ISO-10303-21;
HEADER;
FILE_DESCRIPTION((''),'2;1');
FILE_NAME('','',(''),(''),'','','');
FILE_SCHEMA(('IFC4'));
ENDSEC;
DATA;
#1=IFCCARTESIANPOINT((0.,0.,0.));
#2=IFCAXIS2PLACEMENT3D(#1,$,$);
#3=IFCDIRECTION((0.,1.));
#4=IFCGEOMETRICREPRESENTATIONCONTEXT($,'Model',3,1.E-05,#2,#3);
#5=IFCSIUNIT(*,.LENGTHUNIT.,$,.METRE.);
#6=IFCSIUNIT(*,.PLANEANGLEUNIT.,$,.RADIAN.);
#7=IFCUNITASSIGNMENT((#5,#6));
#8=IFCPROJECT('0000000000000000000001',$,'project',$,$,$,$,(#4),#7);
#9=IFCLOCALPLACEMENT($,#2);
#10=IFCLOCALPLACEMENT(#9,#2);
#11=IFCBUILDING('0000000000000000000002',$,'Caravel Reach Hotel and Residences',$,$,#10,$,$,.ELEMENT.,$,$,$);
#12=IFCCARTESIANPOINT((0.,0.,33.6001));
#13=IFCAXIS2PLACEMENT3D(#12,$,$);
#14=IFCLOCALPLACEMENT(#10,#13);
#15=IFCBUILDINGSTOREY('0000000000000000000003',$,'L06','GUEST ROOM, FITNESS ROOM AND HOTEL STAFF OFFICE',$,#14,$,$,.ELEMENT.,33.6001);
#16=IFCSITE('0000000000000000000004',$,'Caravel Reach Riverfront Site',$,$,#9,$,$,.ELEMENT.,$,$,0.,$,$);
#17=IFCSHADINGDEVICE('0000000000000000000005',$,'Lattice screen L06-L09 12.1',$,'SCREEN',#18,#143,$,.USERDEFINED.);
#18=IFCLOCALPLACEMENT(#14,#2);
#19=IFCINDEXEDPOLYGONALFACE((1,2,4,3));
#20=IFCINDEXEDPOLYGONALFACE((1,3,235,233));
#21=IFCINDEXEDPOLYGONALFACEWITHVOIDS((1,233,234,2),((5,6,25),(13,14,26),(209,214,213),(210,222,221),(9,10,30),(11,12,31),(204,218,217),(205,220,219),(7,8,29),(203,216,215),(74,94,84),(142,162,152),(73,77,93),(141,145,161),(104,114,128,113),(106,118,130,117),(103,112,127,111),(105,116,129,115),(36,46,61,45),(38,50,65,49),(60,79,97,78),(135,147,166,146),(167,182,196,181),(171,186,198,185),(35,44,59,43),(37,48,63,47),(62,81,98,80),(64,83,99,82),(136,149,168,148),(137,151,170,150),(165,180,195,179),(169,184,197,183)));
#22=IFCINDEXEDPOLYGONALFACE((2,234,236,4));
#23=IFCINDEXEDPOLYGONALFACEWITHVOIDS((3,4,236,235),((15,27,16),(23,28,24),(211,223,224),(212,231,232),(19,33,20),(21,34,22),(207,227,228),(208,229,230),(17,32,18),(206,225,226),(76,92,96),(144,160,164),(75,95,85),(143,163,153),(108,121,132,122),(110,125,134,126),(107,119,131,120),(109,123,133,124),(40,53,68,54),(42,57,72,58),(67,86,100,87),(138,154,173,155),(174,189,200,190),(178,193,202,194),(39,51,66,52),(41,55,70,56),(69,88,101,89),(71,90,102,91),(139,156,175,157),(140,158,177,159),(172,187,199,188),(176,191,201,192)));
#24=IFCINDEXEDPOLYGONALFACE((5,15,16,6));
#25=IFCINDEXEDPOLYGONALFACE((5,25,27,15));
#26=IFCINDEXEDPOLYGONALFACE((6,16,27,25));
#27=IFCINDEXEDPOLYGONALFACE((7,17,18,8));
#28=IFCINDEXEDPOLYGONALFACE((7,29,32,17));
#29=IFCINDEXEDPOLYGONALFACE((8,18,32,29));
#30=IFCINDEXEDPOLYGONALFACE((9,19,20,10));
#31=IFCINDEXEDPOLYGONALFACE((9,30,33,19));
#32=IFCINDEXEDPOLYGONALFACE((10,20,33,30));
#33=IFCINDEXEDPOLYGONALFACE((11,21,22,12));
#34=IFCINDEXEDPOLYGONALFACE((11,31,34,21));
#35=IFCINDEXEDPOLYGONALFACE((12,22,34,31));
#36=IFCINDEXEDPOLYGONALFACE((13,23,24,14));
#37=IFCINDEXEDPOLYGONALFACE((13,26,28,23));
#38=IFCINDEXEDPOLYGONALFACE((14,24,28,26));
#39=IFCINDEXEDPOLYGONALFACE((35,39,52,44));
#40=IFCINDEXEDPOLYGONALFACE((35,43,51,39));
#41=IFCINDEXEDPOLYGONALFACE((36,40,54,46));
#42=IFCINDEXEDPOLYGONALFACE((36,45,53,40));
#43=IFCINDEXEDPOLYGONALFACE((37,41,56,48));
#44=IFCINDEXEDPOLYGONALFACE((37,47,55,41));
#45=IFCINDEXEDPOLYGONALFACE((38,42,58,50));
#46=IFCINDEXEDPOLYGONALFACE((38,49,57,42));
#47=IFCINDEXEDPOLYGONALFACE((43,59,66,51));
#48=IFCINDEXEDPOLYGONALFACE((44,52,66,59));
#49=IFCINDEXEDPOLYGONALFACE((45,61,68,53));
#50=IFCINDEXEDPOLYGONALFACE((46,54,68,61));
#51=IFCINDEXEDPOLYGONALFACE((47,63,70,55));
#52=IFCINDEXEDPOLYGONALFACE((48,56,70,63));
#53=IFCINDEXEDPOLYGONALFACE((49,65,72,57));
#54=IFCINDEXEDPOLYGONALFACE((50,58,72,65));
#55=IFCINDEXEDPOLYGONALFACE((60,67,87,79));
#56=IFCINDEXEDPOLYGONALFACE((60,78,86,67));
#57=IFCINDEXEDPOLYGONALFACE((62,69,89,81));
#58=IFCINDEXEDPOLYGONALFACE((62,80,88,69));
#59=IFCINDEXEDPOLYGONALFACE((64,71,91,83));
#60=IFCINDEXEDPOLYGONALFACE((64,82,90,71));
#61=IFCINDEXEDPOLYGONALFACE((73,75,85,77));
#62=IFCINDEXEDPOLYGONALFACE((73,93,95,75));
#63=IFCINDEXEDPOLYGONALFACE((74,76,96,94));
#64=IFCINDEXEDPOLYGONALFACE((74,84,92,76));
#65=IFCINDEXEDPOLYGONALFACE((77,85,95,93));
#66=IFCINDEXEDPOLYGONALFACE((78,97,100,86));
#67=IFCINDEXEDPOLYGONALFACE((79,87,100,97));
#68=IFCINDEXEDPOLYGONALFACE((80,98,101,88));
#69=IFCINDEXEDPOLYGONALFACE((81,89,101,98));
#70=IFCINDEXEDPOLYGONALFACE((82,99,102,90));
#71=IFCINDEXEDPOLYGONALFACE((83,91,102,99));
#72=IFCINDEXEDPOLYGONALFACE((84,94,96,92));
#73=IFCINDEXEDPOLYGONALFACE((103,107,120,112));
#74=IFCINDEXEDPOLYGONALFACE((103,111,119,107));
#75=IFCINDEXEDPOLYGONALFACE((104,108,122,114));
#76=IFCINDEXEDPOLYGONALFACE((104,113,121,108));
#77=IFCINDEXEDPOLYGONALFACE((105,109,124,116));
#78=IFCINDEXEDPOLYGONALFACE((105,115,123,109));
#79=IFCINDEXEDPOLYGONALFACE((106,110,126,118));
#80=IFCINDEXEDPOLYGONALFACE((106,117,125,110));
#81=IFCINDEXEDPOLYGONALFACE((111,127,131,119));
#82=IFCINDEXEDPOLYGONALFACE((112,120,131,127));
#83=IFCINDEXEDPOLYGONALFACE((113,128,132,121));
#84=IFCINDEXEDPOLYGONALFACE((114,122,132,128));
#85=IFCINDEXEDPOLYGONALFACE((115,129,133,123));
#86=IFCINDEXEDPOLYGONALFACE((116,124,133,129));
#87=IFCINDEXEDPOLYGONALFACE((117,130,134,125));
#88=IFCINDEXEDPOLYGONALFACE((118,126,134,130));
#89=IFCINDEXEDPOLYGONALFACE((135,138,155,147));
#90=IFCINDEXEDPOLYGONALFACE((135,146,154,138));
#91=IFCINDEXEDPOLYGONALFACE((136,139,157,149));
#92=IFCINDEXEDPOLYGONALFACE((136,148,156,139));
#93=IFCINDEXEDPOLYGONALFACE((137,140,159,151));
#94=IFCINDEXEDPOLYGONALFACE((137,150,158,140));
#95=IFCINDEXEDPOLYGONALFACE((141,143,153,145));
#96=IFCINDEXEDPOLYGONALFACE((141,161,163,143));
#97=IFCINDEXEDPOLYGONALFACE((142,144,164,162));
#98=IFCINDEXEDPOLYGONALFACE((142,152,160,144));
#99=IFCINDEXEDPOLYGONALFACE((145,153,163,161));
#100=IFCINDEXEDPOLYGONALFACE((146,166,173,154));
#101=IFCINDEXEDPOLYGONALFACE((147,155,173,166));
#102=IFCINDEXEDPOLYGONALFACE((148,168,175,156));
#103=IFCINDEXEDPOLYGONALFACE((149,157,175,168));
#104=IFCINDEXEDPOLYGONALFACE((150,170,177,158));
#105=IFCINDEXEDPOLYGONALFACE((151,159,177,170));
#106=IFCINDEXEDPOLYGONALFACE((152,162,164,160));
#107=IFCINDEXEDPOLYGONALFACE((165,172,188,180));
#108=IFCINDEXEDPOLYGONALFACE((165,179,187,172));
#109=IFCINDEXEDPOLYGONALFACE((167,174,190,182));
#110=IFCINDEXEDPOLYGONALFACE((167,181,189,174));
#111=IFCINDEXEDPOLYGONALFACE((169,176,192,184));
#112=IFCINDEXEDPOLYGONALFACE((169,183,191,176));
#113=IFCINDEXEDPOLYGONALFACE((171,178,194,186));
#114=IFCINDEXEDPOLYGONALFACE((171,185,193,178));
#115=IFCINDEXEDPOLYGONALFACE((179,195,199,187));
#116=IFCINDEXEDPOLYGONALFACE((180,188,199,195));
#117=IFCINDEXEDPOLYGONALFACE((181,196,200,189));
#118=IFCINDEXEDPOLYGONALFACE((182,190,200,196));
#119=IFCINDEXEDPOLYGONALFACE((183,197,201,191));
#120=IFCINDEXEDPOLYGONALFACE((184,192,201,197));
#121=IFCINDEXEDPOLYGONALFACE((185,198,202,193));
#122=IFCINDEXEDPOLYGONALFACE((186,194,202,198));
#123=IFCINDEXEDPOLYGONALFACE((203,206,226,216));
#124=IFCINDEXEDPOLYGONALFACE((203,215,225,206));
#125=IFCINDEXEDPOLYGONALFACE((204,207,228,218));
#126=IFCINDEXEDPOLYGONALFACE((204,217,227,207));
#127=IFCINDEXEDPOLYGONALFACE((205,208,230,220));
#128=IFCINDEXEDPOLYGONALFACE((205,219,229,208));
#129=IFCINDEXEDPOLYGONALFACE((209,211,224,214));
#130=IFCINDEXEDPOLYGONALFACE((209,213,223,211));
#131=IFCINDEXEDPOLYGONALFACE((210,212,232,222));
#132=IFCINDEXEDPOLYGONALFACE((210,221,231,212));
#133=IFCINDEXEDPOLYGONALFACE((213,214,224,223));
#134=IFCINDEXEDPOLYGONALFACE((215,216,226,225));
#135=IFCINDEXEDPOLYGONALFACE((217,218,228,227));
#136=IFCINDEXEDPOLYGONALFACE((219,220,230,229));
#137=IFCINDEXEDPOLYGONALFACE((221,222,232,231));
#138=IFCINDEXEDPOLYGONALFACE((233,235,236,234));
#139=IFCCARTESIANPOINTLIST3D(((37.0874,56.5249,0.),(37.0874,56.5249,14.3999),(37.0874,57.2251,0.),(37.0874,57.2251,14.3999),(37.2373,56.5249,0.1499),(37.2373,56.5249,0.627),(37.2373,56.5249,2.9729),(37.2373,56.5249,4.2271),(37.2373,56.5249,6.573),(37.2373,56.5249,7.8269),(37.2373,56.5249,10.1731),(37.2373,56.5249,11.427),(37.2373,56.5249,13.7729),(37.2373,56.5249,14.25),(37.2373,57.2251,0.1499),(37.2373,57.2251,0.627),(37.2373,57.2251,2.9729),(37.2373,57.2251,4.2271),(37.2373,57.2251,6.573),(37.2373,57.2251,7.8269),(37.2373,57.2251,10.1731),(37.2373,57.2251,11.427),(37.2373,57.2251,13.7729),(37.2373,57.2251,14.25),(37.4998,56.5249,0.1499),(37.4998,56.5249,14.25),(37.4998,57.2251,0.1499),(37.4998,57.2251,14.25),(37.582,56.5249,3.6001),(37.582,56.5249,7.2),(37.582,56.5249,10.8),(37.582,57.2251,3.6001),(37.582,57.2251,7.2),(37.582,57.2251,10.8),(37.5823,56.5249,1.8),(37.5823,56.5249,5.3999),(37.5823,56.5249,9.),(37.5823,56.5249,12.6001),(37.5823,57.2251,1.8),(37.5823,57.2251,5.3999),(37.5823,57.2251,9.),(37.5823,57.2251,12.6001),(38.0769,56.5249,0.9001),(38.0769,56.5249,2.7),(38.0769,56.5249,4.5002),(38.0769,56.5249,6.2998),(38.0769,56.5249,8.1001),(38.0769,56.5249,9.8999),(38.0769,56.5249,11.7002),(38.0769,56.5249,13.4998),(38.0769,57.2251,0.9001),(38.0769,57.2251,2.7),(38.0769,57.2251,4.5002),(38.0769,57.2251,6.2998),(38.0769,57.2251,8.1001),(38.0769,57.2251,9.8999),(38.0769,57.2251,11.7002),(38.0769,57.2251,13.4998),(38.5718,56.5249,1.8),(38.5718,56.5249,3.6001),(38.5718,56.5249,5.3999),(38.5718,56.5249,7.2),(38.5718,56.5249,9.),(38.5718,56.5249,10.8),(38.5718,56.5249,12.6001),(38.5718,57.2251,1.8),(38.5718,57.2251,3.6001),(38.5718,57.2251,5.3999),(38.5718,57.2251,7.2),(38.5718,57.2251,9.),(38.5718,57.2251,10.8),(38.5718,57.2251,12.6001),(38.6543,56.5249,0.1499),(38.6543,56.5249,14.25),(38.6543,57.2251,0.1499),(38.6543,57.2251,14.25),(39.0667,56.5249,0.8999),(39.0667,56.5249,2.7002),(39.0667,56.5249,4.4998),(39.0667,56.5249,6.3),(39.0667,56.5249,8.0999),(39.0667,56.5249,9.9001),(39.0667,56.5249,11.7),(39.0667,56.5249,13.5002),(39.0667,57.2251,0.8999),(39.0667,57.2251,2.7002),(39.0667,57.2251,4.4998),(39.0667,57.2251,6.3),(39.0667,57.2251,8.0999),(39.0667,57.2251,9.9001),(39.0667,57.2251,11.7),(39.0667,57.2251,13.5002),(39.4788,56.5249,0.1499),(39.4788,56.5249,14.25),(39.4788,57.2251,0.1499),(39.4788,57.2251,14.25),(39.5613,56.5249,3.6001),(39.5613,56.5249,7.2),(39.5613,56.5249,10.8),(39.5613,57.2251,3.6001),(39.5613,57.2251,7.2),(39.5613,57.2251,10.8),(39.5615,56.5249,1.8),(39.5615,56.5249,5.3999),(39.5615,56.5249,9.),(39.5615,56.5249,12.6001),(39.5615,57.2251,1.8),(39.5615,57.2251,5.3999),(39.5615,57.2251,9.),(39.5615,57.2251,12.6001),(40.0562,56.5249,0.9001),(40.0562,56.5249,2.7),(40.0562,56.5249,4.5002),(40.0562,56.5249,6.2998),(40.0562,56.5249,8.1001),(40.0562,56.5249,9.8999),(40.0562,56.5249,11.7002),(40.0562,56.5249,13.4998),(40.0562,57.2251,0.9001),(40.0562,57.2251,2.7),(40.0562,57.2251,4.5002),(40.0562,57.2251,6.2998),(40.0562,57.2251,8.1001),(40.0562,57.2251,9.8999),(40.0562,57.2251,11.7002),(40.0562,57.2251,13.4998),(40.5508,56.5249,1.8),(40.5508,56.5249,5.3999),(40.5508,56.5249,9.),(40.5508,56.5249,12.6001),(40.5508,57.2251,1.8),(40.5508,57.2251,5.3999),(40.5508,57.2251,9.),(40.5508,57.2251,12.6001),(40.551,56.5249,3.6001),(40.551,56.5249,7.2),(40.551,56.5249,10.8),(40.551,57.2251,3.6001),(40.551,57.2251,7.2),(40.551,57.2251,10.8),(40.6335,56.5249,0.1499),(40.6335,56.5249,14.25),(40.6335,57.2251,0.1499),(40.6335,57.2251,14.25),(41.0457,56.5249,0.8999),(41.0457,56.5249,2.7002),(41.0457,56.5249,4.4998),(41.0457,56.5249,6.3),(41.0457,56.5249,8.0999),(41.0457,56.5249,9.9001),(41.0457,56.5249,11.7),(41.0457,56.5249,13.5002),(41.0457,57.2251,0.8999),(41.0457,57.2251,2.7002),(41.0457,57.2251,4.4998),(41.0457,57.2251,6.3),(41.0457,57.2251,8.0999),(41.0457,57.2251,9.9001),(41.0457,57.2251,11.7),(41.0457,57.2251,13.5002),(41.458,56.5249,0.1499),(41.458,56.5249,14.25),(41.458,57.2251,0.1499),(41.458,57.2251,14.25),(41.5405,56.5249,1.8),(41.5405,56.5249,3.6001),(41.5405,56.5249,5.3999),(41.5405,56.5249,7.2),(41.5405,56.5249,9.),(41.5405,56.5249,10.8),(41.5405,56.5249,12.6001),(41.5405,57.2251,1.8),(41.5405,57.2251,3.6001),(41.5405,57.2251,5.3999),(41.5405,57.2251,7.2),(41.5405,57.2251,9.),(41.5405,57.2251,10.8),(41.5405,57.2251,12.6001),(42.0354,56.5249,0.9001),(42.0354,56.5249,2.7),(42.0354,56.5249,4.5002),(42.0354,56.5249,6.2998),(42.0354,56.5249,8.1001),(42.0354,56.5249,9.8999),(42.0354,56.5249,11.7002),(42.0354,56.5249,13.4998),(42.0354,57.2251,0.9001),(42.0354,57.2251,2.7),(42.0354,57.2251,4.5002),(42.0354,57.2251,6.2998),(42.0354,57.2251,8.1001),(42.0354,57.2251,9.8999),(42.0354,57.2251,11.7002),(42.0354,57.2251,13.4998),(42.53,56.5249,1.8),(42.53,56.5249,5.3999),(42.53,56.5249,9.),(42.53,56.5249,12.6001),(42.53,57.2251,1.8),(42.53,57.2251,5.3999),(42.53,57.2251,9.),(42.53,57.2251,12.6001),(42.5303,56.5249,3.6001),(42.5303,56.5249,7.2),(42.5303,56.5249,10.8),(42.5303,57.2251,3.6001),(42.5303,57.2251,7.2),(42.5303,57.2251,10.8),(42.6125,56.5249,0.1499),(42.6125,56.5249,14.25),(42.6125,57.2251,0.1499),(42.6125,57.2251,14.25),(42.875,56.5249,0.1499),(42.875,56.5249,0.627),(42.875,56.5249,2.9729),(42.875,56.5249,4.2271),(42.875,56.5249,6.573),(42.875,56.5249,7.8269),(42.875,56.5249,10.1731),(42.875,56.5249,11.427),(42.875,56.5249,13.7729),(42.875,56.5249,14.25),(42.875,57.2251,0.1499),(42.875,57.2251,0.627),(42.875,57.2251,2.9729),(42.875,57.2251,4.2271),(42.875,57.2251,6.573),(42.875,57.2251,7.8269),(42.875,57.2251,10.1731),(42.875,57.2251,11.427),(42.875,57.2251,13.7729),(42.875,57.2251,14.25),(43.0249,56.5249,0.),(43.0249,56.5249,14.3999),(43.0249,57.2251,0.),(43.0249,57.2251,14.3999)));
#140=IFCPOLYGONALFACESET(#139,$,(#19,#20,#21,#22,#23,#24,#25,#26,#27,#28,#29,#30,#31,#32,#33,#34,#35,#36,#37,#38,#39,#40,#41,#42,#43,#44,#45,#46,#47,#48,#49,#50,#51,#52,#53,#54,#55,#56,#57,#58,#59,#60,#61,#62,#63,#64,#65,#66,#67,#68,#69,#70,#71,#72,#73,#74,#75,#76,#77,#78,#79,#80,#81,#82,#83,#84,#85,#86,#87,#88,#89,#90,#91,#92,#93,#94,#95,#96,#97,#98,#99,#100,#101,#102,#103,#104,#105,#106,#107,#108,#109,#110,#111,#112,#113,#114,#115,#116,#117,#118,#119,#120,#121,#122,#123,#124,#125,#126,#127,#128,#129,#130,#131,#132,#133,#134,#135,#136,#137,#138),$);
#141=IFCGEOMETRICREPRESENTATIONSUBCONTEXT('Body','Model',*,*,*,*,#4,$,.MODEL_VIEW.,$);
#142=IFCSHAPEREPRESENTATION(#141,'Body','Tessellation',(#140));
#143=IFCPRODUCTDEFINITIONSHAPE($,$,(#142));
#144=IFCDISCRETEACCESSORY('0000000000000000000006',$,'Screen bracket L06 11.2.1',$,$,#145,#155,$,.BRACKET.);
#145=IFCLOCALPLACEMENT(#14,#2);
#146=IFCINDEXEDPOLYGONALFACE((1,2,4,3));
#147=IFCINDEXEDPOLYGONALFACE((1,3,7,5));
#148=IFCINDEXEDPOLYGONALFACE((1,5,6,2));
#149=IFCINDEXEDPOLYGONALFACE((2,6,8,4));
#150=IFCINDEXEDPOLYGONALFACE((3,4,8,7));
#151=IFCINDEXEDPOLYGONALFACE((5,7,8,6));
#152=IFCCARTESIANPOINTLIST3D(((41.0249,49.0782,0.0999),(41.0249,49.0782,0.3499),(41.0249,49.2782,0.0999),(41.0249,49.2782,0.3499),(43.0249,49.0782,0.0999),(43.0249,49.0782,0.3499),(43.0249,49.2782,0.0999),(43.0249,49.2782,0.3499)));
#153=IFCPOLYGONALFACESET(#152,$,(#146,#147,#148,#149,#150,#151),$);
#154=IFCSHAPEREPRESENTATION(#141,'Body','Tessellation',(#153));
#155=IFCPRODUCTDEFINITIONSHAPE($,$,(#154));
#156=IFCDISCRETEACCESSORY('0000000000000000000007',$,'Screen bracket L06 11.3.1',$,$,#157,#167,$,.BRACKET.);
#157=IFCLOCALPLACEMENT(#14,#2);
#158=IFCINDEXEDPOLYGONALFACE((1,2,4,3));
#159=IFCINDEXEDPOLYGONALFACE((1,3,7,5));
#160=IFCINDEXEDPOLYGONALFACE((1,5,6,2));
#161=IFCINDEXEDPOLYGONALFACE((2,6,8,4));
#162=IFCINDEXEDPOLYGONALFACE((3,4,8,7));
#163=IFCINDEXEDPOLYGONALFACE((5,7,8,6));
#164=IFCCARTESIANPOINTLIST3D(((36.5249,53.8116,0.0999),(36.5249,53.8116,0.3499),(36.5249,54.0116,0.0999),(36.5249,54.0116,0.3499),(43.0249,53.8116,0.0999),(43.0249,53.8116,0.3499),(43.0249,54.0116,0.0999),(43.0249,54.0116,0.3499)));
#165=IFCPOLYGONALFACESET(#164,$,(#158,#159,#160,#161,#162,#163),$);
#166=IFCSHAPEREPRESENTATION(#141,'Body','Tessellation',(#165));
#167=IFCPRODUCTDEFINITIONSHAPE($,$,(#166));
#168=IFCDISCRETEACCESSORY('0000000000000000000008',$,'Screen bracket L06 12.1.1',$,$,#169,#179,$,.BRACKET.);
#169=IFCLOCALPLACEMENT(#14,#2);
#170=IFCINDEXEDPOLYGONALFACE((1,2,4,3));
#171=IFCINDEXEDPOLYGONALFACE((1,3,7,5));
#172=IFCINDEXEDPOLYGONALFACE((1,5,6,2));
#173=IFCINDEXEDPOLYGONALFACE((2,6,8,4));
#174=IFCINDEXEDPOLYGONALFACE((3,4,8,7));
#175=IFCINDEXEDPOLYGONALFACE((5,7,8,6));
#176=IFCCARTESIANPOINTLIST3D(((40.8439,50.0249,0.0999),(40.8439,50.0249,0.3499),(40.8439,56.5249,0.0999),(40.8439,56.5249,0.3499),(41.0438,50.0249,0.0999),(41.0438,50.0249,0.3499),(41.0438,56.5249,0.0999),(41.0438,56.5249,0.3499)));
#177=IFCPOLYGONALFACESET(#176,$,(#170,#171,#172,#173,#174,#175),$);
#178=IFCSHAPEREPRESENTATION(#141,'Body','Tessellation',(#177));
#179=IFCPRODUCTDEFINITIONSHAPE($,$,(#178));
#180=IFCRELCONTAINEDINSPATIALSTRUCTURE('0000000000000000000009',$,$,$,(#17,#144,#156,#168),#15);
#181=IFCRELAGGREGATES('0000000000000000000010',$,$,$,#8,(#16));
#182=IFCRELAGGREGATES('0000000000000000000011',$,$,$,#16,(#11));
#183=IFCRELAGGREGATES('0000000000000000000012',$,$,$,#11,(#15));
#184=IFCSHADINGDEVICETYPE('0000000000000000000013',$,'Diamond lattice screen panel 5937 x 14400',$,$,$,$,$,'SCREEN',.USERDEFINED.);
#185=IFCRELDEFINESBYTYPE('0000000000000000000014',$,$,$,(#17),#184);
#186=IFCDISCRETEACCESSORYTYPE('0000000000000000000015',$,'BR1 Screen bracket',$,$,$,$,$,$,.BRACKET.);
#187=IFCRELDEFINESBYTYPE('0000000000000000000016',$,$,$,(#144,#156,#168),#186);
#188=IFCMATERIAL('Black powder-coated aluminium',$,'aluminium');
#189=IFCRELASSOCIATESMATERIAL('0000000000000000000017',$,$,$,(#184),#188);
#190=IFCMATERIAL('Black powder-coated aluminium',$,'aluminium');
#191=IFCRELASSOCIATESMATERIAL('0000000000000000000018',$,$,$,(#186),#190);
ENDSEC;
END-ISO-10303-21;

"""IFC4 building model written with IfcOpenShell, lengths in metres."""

from ifc_helpers import new_model, si_unit, direction, frame, origin, origin_2d, place, context, subcontext, project, spatial, polyline, rectangle, outline, extrude, material, type_object, element, save


model = new_model("IFC4")

# Units and contexts
model_context = context("Model", 3, precision=1e-05, world=origin(), true_north=direction((0.0, 1.0)))
body_context = subcontext(model_context, "Body", "Model", "MODEL_VIEW")
ifc_project = project(units=[si_unit("LENGTHUNIT", "METRE"), si_unit("PLANEANGLEUNIT", "RADIAN")], contexts=[model_context])

# Site, building, storey
site_placement = place(None, origin())
site = spatial("IfcSite", under=ifc_project, at=site_placement, Name="Caravel Reach Riverfront Site", CompositionType="ELEMENT", RefElevation=0.0)
building_placement = place(site_placement, origin())
building = spatial("IfcBuilding", under=site, at=building_placement, Name="Caravel Reach Hotel and Residences", CompositionType="ELEMENT")
storey_placement = place(building_placement, frame((0.0, 0.0, 33.6001)))
storey = spatial("IfcBuildingStorey", under=building, at=storey_placement, Name="L06", Description="GUEST ROOM, FITNESS ROOM AND HOTEL STAFF OFFICE", CompositionType="ELEMENT", Elevation=33.6001)

# Shading device
ifc_material_1 = material(Name="Black powder-coated aluminium", Category="aluminium")
shading_device_type_1 = type_object("IfcShadingDeviceType", Name="Diamond lattice screen panel 5937 x 14400", ElementType="SCREEN", PredefinedType="USERDEFINED", material=ifc_material_1)
shading_device_1_placement = place(storey_placement, frame((43.0249, 56.5249, 0.0), z_axis=(0.0, 1.0, 0.0), x_axis=(-1.0, 0.0, 0.0)))
element("IfcShadingDevice", 1, at=shading_device_1_placement, inside=storey, type_object=shading_device_type_1, Name="Lattice screen L06-L09 12.1", ObjectType="SCREEN", PredefinedType="USERDEFINED", context=body_context, shape_type="SweptSolid", body=[
    extrude(outline(polyline([(0.0, 0.0), (5.9375, 0.0), (5.9375, 14.3999), (0.0, 14.3999), (0.0, 0.0)]), holes=[polyline([(0.4124, 0.1499), (0.1499, 0.627), (0.1499, 0.1499), (0.4124, 0.1499)]), polyline([(0.4946, 3.6001), (0.1499, 4.2271), (0.1499, 2.9729), (0.4946, 3.6001)]), polyline([(0.4946, 7.2), (0.1499, 7.8269), (0.1499, 6.573), (0.4946, 7.2)]), polyline([(0.4946, 10.8), (0.1499, 11.427), (0.1499, 10.1731), (0.4946, 10.8)]), polyline([(0.1499, 13.7729), (0.4124, 14.25), (0.1499, 14.25), (0.1499, 13.7729)]), polyline([(0.9895, 2.7), (0.4949, 1.8), (0.9895, 0.9001), (1.4844, 1.8), (0.9895, 2.7)]), polyline([(0.9895, 6.2998), (0.4949, 5.3999), (0.9895, 4.5002), (1.4844, 5.3999), (0.9895, 6.2998)]), polyline([(0.9895, 9.8999), (0.4949, 9.0), (0.9895, 8.1001), (1.4844, 9.0), (0.9895, 9.8999)]), polyline([(0.9895, 13.4998), (0.4949, 12.6001), (0.9895, 11.7002), (1.4844, 12.6001), (0.9895, 13.4998)]), polyline([(1.9792, 0.8999), (1.5669, 0.1499), (2.3914, 0.1499), (1.9792, 0.8999)]), polyline([(1.9792, 4.4998), (1.4844, 3.6001), (1.9792, 2.7002), (2.4739, 3.6001), (1.9792, 4.4998)]), polyline([(1.9792, 8.0999), (1.4844, 7.2), (1.9792, 6.3), (2.4739, 7.2), (1.9792, 8.0999)]), polyline([(1.9792, 11.7), (1.4844, 10.8), (1.9792, 9.9001), (2.4739, 10.8), (1.9792, 11.7)]), polyline([(1.9792, 13.5002), (2.3914, 14.25), (1.5669, 14.25), (1.9792, 13.5002)]), polyline([(2.9688, 2.7), (2.4741, 1.8), (2.9688, 0.9001), (3.4634, 1.8), (2.9688, 2.7)]), polyline([(2.9688, 6.2998), (2.4741, 5.3999), (2.9688, 4.5002), (3.4634, 5.3999), (2.9688, 6.2998)]), polyline([(2.9688, 9.8999), (2.4741, 9.0), (2.9688, 8.1001), (3.4634, 9.0), (2.9688, 9.8999)]), polyline([(2.9688, 13.4998), (2.4741, 12.6001), (2.9688, 11.7002), (3.4634, 12.6001), (2.9688, 13.4998)]), polyline([(3.9583, 0.8999), (3.5461, 0.1499), (4.3706, 0.1499), (3.9583, 0.8999)]), polyline([(3.9583, 4.4998), (3.4636, 3.6001), (3.9583, 2.7002), (4.4531, 3.6001), (3.9583, 4.4998)]), polyline([(3.9583, 8.0999), (3.4636, 7.2), (3.9583, 6.3), (4.4531, 7.2), (3.9583, 8.0999)]), polyline([(3.9583, 11.7), (3.4636, 10.8), (3.9583, 9.9001), (4.4531, 10.8), (3.9583, 11.7)]), polyline([(3.9583, 13.5002), (4.3706, 14.25), (3.5461, 14.25), (3.9583, 13.5002)]), polyline([(4.948, 2.7), (4.4531, 1.8), (4.948, 0.9001), (5.4426, 1.8), (4.948, 2.7)]), polyline([(4.948, 6.2998), (4.4531, 5.3999), (4.948, 4.5002), (5.4426, 5.3999), (4.948, 6.2998)]), polyline([(4.948, 9.8999), (4.4531, 9.0), (4.948, 8.1001), (5.4426, 9.0), (4.948, 9.8999)]), polyline([(4.948, 13.4998), (4.4531, 12.6001), (4.948, 11.7002), (5.4426, 12.6001), (4.948, 13.4998)]), polyline([(5.7876, 0.627), (5.5251, 0.1499), (5.7876, 0.1499), (5.7876, 0.627)]), polyline([(5.4429, 3.6001), (5.7876, 2.9729), (5.7876, 4.2271), (5.4429, 3.6001)]), polyline([(5.4429, 7.2), (5.7876, 6.573), (5.7876, 7.8269), (5.4429, 7.2)]), polyline([(5.4429, 10.8), (5.7876, 10.1731), (5.7876, 11.427), (5.4429, 10.8)]), polyline([(5.5251, 14.25), (5.7876, 13.7729), (5.7876, 14.25), (5.5251, 14.25)])]), origin(), (0.0, 0.0, 1.0), 0.7002),
])

# Discrete accessories
ifc_material_2 = material(Name="Black powder-coated aluminium", Category="aluminium")
discrete_accessory_type = type_object("IfcDiscreteAccessoryType", Name="BR1 Screen bracket", PredefinedType="BRACKET", material=ifc_material_2)
discrete_accessory_placement = place(storey_placement, frame((42.0249, 49.1782, 0.0999), z_axis=(0.0, 0.0, 1.0), x_axis=(1.0, 0.0, 0.0)))
element("IfcDiscreteAccessory", 2, at=discrete_accessory_placement, inside=storey, type_object=discrete_accessory_type, Name="Screen bracket L06 11.2.1", PredefinedType="BRACKET", context=body_context, shape_type="SweptSolid", body=[
    extrude(rectangle(XDim=2.0, YDim=0.2, at=origin_2d()), origin(), (0.0, 0.0, 1.0), 0.25),
])
for number, where, z_axis, x_axis, name in (
    (3, (39.7749, 53.9116, 0.0999), (0.0, 0.0, 1.0), (1.0, 0.0, 0.0), "Screen bracket L06 11.3.1"),
    (4, (40.9438, 53.2749, 0.0999), (0.0, 0.0, 1.0), (0.0, 1.0, 0.0), "Screen bracket L06 12.1.1"),
):
    element("IfcDiscreteAccessory", number, at=place(storey_placement, frame(where, z_axis=z_axis, x_axis=x_axis)), inside=storey, type_object=discrete_accessory_type, Name=name, PredefinedType="BRACKET", context=body_context, shape_type="SweptSolid", body=[
        extrude(rectangle(XDim=6.5, YDim=0.2, at=origin_2d()), origin(), (0.0, 0.0, 1.0), 0.25),
    ])

save(model, "model.ifc")
